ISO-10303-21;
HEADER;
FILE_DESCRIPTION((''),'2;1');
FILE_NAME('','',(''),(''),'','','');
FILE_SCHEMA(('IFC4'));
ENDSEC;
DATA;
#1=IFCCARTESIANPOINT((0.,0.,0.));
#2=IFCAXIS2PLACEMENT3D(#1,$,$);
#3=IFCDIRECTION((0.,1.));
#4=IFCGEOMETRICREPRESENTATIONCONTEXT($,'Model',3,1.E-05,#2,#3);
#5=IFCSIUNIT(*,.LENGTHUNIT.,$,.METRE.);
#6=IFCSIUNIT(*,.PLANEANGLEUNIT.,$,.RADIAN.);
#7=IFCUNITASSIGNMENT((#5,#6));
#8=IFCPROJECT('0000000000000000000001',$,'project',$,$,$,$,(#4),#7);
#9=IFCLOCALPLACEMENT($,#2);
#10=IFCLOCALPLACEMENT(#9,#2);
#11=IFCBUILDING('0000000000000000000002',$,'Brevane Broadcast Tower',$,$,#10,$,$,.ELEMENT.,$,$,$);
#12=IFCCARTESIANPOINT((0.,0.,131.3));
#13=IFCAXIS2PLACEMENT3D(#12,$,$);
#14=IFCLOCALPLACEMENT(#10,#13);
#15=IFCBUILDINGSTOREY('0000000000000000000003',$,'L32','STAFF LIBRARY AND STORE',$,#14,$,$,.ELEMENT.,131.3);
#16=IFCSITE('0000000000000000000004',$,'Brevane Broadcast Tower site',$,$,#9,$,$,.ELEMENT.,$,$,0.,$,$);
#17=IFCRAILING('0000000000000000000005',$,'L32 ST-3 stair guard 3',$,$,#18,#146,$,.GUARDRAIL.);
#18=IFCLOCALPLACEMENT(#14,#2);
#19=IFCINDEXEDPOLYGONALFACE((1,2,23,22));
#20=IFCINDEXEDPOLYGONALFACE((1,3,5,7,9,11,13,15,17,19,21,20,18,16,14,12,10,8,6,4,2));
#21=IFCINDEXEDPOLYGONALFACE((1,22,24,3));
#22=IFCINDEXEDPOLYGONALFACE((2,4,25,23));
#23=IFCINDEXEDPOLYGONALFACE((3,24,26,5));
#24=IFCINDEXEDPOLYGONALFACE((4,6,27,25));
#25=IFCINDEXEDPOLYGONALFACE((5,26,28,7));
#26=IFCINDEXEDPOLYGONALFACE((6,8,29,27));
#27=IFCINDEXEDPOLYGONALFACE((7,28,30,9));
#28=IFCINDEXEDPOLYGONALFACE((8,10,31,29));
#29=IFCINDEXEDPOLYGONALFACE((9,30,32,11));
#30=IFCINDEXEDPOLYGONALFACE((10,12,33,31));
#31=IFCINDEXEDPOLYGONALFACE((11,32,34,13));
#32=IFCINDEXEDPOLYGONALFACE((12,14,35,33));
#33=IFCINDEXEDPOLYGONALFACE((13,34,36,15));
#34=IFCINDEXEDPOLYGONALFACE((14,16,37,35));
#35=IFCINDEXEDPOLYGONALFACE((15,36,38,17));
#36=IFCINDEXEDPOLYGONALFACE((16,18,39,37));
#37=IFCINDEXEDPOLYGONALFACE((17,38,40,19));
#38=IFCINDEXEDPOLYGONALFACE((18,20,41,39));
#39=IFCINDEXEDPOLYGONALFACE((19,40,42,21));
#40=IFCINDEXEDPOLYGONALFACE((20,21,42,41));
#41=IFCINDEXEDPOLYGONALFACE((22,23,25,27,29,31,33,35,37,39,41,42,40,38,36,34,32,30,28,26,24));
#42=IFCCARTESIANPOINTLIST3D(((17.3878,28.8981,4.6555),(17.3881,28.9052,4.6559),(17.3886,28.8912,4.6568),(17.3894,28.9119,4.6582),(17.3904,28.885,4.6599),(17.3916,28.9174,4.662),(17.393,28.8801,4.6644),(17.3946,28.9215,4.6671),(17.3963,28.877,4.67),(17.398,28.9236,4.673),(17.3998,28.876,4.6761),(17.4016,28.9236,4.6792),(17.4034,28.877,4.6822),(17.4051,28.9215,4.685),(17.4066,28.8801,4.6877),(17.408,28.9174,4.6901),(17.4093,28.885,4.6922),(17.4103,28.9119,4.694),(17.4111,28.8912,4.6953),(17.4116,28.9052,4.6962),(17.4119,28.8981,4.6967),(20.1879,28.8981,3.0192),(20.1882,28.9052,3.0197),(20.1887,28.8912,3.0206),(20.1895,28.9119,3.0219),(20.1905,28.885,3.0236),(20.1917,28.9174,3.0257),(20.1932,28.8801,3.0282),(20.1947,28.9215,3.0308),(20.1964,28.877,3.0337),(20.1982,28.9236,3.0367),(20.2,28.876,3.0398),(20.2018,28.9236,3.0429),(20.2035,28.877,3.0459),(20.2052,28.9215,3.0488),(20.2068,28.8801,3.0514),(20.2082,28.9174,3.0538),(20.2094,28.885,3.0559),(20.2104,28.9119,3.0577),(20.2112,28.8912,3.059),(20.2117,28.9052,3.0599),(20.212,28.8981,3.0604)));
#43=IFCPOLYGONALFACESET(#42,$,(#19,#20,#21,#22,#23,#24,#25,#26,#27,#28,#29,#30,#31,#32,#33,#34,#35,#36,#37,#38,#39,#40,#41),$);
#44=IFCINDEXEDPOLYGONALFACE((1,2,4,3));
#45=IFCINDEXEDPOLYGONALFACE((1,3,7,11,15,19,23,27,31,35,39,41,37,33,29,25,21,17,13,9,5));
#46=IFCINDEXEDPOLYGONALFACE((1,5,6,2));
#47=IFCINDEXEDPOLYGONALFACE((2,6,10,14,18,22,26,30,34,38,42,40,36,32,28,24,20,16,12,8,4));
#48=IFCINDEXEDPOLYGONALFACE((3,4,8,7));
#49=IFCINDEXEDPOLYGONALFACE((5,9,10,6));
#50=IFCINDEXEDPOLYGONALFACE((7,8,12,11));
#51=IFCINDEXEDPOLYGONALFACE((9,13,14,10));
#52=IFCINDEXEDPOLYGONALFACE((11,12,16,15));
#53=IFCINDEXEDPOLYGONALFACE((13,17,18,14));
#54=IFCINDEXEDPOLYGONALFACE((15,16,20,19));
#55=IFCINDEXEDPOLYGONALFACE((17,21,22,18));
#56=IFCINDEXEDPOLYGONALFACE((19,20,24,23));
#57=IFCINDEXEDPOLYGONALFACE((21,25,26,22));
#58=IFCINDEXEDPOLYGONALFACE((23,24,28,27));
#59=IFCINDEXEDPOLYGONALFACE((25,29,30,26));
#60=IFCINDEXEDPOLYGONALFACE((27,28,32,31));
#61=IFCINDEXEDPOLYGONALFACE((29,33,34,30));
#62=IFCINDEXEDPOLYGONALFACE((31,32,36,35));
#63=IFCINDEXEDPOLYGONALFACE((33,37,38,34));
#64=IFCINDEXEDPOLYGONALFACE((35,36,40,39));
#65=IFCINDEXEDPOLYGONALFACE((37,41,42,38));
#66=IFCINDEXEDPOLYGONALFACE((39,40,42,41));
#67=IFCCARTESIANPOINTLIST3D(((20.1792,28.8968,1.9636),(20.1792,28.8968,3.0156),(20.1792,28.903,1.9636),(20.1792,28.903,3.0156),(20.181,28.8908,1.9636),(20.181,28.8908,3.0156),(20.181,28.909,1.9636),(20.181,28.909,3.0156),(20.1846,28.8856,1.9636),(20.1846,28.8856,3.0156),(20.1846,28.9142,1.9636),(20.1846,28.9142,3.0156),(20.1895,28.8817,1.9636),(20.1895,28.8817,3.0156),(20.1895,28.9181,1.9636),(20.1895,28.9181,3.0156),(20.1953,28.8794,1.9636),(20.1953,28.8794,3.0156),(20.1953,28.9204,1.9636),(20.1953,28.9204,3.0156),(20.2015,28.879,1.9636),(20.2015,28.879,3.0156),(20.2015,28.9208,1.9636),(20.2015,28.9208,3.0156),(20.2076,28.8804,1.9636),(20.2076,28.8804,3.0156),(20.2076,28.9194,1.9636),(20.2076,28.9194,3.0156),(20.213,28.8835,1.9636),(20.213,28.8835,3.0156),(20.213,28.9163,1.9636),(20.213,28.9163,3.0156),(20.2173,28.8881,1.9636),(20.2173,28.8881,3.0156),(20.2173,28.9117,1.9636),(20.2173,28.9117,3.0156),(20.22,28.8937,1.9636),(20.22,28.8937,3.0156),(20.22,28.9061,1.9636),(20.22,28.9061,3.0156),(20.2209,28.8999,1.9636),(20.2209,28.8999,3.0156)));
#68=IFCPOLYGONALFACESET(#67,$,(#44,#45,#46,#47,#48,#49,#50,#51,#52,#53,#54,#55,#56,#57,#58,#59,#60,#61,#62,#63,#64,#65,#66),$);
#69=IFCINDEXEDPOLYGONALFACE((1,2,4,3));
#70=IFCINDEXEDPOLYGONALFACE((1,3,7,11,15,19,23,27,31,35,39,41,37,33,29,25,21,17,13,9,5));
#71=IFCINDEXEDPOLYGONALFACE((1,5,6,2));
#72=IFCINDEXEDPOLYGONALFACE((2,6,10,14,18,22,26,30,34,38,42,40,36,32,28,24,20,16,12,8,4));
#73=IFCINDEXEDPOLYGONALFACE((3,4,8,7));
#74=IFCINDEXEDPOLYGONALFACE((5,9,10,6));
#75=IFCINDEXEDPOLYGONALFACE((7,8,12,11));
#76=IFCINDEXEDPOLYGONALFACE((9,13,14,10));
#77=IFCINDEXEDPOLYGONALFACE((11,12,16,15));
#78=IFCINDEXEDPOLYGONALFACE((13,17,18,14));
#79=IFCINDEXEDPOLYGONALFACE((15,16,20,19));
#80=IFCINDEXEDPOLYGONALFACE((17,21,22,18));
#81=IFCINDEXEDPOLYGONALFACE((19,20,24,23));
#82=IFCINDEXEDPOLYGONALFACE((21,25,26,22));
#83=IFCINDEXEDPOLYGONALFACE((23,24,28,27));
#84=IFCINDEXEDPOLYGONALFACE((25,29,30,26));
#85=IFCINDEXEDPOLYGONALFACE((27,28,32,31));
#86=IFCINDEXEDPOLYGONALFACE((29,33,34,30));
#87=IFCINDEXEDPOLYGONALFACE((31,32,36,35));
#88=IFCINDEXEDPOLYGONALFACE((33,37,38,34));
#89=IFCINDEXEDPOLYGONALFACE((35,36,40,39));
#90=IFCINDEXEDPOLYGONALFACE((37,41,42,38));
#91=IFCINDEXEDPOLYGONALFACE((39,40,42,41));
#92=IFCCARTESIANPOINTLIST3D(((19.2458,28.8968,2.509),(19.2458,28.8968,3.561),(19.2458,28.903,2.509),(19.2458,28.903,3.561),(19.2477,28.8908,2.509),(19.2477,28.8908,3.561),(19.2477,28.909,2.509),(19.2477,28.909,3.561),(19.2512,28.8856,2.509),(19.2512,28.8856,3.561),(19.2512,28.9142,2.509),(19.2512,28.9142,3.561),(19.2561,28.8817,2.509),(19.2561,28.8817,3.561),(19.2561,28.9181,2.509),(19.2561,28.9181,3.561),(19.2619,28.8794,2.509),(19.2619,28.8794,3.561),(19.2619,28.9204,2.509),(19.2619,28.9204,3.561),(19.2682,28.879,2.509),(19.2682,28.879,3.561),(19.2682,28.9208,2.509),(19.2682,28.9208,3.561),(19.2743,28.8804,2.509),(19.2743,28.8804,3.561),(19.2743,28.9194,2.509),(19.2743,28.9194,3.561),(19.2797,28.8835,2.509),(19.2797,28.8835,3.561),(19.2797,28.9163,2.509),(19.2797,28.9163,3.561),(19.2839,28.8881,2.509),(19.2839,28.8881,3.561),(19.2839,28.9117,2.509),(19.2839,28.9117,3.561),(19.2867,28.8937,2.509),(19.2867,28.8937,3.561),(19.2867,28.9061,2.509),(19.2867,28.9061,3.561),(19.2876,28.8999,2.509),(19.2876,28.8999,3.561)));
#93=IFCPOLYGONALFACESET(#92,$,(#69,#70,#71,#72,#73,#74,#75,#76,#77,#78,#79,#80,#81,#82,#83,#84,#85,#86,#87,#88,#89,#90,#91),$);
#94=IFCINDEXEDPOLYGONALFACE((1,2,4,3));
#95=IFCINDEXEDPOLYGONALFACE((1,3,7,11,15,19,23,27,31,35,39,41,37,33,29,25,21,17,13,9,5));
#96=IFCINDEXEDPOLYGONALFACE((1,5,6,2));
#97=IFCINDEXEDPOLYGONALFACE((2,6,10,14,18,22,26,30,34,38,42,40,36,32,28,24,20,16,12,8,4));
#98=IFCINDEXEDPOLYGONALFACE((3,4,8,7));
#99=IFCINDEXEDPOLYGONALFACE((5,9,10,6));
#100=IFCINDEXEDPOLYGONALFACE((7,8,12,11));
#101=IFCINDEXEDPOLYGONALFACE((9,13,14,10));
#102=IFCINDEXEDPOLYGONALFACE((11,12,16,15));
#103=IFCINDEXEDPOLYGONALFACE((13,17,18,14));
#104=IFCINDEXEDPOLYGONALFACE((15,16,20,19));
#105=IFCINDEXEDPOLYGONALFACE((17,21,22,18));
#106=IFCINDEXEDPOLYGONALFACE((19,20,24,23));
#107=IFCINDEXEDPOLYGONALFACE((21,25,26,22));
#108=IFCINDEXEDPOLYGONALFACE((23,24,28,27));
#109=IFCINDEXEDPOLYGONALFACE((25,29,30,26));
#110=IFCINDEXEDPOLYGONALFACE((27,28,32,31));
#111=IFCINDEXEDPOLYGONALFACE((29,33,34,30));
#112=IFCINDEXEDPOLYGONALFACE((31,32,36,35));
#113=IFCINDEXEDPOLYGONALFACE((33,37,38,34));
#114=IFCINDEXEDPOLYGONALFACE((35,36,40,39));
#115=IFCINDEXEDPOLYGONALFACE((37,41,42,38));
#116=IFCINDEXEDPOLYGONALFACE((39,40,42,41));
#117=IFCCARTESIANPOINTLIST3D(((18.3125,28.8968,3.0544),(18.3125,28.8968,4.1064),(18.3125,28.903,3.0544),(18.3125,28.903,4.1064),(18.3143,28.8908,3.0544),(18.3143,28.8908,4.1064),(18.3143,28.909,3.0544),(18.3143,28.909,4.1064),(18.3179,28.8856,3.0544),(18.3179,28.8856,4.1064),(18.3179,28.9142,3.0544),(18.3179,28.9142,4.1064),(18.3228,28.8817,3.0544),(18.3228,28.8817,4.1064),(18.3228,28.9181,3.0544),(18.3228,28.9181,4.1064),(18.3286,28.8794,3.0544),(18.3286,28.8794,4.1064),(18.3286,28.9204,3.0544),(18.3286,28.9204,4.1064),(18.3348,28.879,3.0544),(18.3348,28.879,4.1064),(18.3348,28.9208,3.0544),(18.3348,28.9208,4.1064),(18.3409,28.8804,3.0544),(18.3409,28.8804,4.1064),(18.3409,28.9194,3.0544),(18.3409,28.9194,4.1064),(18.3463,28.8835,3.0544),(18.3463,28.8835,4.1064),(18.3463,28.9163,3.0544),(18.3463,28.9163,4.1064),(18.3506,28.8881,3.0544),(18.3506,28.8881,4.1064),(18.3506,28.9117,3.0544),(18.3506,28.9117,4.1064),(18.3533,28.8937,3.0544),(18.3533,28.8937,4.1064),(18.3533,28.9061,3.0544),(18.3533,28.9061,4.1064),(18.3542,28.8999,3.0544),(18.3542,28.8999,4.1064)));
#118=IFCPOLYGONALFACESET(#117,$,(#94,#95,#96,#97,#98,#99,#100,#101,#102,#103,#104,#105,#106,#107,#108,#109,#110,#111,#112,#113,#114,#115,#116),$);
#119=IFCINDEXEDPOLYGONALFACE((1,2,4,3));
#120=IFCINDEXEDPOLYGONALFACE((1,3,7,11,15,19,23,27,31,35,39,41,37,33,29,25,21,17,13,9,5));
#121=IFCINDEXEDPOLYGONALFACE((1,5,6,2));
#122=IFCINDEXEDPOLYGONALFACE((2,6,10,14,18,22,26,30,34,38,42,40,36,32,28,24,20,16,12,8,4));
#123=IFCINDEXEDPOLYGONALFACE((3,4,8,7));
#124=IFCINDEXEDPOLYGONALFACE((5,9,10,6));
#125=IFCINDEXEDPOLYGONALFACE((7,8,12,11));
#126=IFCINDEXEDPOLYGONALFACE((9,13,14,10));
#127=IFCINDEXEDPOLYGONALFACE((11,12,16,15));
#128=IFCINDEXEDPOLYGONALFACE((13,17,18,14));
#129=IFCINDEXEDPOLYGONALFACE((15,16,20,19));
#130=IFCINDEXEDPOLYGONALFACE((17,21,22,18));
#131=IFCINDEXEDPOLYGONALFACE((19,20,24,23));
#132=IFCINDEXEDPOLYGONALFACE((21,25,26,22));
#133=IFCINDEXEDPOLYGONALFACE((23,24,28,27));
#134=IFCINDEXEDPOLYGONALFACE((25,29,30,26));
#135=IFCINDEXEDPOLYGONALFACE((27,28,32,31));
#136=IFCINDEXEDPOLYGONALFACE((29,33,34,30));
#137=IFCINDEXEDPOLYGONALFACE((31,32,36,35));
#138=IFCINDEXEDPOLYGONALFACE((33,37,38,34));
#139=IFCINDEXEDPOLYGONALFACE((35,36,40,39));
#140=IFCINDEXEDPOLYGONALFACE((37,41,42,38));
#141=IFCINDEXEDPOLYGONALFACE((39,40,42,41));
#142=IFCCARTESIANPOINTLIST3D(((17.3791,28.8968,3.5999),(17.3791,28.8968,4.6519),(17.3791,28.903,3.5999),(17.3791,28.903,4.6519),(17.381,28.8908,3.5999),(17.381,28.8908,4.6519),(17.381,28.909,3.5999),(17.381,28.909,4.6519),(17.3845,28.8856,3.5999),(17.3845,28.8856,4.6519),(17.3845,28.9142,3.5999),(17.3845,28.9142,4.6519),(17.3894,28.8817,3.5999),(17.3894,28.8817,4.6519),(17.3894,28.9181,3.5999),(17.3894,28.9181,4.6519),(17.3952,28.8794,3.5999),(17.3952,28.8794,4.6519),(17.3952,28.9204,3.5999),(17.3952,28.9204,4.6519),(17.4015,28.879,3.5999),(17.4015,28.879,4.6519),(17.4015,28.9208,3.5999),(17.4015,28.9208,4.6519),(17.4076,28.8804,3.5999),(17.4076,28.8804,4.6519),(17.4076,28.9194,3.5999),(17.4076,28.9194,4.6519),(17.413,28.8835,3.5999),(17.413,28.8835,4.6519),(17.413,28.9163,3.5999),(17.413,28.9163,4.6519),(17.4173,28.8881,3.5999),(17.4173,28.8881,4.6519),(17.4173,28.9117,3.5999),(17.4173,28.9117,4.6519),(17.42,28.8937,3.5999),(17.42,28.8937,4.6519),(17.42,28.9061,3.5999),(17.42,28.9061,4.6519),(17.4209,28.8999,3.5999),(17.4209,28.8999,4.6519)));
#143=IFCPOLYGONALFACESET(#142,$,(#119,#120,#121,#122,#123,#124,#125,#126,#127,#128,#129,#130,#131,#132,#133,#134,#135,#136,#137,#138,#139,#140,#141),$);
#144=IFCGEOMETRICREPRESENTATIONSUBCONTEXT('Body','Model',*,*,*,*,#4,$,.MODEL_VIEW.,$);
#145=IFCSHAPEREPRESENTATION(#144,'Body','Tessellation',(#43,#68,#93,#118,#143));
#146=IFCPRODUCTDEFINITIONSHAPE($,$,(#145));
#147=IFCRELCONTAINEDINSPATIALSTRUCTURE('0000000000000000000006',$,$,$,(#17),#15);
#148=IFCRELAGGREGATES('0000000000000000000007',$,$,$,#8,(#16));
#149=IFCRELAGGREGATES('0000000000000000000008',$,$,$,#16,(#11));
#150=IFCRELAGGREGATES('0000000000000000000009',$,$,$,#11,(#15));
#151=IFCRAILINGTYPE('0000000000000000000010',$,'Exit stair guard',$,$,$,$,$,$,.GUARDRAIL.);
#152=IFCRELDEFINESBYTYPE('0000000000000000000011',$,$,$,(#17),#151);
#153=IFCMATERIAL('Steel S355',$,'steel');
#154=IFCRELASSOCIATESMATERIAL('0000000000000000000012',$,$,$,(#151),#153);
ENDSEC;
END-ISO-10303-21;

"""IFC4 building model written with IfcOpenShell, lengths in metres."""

from ifc_helpers import new_model, si_unit, direction, frame, origin, origin_2d, place, context, subcontext, project, spatial, circle, extrude, material, type_object, element, save


model = new_model("IFC4")

# Units and contexts
model_context = context("Model", 3, precision=1e-05, world=origin(), true_north=direction((0.0, 1.0)))
body_context = subcontext(model_context, "Body", "Model", "MODEL_VIEW")
ifc_project = project(units=[si_unit("LENGTHUNIT", "METRE"), si_unit("PLANEANGLEUNIT", "RADIAN")], contexts=[model_context])

# Site, building, storey
site_placement = place(None, origin())
site = spatial("IfcSite", under=ifc_project, at=site_placement, Name="Brevane Broadcast Tower site", CompositionType="ELEMENT", RefElevation=0.0)
building_placement = place(site_placement, origin())
building = spatial("IfcBuilding", under=site, at=building_placement, Name="Brevane Broadcast Tower", CompositionType="ELEMENT")
storey_placement = place(building_placement, frame((0.0, 0.0, 131.3)))
storey = spatial("IfcBuildingStorey", under=building, at=storey_placement, Name="L32", Description="STAFF LIBRARY AND STORE", CompositionType="ELEMENT", Elevation=131.3)

# Railing
ifc_material_1 = material(Name="Steel S355", Category="steel")
railing_type_1 = type_object("IfcRailingType", Name="Exit stair guard", PredefinedType="GUARDRAIL", material=ifc_material_1)
railing_1_placement = place(storey_placement, frame((20.2, 28.8999, 1.9636)))
element("IfcRailing", 1, at=railing_1_placement, inside=storey, type_object=railing_type_1, Name="L32 ST-3 stair guard 3", PredefinedType="GUARDRAIL", context=body_context, shape_type="SweptSolid", body=[
    extrude(circle(Radius=0.0239, at=origin_2d()), frame((0.0, 0.0, 1.0762), z_axis=(-0.863394, 0.0, 0.504531), x_axis=(0.0, -1.0, 0.0)), (0.0, 0.0, 1.0), 3.2432),
    extrude(circle(Radius=0.021, at=origin_2d()), origin(), (0.0, 0.0, 1.0), 1.052),
    extrude(circle(Radius=0.021, at=origin_2d()), frame((-0.9333, 0.0, 0.5454)), (0.0, 0.0, 1.0), 1.052),
    extrude(circle(Radius=0.021, at=origin_2d()), frame((-1.8667, 0.0, 1.0908)), (0.0, 0.0, 1.0), 1.052),
    extrude(circle(Radius=0.021, at=origin_2d()), frame((-2.8, 0.0, 1.6362)), (0.0, 0.0, 1.0), 1.052),
])

save(model, "model.ifc")
